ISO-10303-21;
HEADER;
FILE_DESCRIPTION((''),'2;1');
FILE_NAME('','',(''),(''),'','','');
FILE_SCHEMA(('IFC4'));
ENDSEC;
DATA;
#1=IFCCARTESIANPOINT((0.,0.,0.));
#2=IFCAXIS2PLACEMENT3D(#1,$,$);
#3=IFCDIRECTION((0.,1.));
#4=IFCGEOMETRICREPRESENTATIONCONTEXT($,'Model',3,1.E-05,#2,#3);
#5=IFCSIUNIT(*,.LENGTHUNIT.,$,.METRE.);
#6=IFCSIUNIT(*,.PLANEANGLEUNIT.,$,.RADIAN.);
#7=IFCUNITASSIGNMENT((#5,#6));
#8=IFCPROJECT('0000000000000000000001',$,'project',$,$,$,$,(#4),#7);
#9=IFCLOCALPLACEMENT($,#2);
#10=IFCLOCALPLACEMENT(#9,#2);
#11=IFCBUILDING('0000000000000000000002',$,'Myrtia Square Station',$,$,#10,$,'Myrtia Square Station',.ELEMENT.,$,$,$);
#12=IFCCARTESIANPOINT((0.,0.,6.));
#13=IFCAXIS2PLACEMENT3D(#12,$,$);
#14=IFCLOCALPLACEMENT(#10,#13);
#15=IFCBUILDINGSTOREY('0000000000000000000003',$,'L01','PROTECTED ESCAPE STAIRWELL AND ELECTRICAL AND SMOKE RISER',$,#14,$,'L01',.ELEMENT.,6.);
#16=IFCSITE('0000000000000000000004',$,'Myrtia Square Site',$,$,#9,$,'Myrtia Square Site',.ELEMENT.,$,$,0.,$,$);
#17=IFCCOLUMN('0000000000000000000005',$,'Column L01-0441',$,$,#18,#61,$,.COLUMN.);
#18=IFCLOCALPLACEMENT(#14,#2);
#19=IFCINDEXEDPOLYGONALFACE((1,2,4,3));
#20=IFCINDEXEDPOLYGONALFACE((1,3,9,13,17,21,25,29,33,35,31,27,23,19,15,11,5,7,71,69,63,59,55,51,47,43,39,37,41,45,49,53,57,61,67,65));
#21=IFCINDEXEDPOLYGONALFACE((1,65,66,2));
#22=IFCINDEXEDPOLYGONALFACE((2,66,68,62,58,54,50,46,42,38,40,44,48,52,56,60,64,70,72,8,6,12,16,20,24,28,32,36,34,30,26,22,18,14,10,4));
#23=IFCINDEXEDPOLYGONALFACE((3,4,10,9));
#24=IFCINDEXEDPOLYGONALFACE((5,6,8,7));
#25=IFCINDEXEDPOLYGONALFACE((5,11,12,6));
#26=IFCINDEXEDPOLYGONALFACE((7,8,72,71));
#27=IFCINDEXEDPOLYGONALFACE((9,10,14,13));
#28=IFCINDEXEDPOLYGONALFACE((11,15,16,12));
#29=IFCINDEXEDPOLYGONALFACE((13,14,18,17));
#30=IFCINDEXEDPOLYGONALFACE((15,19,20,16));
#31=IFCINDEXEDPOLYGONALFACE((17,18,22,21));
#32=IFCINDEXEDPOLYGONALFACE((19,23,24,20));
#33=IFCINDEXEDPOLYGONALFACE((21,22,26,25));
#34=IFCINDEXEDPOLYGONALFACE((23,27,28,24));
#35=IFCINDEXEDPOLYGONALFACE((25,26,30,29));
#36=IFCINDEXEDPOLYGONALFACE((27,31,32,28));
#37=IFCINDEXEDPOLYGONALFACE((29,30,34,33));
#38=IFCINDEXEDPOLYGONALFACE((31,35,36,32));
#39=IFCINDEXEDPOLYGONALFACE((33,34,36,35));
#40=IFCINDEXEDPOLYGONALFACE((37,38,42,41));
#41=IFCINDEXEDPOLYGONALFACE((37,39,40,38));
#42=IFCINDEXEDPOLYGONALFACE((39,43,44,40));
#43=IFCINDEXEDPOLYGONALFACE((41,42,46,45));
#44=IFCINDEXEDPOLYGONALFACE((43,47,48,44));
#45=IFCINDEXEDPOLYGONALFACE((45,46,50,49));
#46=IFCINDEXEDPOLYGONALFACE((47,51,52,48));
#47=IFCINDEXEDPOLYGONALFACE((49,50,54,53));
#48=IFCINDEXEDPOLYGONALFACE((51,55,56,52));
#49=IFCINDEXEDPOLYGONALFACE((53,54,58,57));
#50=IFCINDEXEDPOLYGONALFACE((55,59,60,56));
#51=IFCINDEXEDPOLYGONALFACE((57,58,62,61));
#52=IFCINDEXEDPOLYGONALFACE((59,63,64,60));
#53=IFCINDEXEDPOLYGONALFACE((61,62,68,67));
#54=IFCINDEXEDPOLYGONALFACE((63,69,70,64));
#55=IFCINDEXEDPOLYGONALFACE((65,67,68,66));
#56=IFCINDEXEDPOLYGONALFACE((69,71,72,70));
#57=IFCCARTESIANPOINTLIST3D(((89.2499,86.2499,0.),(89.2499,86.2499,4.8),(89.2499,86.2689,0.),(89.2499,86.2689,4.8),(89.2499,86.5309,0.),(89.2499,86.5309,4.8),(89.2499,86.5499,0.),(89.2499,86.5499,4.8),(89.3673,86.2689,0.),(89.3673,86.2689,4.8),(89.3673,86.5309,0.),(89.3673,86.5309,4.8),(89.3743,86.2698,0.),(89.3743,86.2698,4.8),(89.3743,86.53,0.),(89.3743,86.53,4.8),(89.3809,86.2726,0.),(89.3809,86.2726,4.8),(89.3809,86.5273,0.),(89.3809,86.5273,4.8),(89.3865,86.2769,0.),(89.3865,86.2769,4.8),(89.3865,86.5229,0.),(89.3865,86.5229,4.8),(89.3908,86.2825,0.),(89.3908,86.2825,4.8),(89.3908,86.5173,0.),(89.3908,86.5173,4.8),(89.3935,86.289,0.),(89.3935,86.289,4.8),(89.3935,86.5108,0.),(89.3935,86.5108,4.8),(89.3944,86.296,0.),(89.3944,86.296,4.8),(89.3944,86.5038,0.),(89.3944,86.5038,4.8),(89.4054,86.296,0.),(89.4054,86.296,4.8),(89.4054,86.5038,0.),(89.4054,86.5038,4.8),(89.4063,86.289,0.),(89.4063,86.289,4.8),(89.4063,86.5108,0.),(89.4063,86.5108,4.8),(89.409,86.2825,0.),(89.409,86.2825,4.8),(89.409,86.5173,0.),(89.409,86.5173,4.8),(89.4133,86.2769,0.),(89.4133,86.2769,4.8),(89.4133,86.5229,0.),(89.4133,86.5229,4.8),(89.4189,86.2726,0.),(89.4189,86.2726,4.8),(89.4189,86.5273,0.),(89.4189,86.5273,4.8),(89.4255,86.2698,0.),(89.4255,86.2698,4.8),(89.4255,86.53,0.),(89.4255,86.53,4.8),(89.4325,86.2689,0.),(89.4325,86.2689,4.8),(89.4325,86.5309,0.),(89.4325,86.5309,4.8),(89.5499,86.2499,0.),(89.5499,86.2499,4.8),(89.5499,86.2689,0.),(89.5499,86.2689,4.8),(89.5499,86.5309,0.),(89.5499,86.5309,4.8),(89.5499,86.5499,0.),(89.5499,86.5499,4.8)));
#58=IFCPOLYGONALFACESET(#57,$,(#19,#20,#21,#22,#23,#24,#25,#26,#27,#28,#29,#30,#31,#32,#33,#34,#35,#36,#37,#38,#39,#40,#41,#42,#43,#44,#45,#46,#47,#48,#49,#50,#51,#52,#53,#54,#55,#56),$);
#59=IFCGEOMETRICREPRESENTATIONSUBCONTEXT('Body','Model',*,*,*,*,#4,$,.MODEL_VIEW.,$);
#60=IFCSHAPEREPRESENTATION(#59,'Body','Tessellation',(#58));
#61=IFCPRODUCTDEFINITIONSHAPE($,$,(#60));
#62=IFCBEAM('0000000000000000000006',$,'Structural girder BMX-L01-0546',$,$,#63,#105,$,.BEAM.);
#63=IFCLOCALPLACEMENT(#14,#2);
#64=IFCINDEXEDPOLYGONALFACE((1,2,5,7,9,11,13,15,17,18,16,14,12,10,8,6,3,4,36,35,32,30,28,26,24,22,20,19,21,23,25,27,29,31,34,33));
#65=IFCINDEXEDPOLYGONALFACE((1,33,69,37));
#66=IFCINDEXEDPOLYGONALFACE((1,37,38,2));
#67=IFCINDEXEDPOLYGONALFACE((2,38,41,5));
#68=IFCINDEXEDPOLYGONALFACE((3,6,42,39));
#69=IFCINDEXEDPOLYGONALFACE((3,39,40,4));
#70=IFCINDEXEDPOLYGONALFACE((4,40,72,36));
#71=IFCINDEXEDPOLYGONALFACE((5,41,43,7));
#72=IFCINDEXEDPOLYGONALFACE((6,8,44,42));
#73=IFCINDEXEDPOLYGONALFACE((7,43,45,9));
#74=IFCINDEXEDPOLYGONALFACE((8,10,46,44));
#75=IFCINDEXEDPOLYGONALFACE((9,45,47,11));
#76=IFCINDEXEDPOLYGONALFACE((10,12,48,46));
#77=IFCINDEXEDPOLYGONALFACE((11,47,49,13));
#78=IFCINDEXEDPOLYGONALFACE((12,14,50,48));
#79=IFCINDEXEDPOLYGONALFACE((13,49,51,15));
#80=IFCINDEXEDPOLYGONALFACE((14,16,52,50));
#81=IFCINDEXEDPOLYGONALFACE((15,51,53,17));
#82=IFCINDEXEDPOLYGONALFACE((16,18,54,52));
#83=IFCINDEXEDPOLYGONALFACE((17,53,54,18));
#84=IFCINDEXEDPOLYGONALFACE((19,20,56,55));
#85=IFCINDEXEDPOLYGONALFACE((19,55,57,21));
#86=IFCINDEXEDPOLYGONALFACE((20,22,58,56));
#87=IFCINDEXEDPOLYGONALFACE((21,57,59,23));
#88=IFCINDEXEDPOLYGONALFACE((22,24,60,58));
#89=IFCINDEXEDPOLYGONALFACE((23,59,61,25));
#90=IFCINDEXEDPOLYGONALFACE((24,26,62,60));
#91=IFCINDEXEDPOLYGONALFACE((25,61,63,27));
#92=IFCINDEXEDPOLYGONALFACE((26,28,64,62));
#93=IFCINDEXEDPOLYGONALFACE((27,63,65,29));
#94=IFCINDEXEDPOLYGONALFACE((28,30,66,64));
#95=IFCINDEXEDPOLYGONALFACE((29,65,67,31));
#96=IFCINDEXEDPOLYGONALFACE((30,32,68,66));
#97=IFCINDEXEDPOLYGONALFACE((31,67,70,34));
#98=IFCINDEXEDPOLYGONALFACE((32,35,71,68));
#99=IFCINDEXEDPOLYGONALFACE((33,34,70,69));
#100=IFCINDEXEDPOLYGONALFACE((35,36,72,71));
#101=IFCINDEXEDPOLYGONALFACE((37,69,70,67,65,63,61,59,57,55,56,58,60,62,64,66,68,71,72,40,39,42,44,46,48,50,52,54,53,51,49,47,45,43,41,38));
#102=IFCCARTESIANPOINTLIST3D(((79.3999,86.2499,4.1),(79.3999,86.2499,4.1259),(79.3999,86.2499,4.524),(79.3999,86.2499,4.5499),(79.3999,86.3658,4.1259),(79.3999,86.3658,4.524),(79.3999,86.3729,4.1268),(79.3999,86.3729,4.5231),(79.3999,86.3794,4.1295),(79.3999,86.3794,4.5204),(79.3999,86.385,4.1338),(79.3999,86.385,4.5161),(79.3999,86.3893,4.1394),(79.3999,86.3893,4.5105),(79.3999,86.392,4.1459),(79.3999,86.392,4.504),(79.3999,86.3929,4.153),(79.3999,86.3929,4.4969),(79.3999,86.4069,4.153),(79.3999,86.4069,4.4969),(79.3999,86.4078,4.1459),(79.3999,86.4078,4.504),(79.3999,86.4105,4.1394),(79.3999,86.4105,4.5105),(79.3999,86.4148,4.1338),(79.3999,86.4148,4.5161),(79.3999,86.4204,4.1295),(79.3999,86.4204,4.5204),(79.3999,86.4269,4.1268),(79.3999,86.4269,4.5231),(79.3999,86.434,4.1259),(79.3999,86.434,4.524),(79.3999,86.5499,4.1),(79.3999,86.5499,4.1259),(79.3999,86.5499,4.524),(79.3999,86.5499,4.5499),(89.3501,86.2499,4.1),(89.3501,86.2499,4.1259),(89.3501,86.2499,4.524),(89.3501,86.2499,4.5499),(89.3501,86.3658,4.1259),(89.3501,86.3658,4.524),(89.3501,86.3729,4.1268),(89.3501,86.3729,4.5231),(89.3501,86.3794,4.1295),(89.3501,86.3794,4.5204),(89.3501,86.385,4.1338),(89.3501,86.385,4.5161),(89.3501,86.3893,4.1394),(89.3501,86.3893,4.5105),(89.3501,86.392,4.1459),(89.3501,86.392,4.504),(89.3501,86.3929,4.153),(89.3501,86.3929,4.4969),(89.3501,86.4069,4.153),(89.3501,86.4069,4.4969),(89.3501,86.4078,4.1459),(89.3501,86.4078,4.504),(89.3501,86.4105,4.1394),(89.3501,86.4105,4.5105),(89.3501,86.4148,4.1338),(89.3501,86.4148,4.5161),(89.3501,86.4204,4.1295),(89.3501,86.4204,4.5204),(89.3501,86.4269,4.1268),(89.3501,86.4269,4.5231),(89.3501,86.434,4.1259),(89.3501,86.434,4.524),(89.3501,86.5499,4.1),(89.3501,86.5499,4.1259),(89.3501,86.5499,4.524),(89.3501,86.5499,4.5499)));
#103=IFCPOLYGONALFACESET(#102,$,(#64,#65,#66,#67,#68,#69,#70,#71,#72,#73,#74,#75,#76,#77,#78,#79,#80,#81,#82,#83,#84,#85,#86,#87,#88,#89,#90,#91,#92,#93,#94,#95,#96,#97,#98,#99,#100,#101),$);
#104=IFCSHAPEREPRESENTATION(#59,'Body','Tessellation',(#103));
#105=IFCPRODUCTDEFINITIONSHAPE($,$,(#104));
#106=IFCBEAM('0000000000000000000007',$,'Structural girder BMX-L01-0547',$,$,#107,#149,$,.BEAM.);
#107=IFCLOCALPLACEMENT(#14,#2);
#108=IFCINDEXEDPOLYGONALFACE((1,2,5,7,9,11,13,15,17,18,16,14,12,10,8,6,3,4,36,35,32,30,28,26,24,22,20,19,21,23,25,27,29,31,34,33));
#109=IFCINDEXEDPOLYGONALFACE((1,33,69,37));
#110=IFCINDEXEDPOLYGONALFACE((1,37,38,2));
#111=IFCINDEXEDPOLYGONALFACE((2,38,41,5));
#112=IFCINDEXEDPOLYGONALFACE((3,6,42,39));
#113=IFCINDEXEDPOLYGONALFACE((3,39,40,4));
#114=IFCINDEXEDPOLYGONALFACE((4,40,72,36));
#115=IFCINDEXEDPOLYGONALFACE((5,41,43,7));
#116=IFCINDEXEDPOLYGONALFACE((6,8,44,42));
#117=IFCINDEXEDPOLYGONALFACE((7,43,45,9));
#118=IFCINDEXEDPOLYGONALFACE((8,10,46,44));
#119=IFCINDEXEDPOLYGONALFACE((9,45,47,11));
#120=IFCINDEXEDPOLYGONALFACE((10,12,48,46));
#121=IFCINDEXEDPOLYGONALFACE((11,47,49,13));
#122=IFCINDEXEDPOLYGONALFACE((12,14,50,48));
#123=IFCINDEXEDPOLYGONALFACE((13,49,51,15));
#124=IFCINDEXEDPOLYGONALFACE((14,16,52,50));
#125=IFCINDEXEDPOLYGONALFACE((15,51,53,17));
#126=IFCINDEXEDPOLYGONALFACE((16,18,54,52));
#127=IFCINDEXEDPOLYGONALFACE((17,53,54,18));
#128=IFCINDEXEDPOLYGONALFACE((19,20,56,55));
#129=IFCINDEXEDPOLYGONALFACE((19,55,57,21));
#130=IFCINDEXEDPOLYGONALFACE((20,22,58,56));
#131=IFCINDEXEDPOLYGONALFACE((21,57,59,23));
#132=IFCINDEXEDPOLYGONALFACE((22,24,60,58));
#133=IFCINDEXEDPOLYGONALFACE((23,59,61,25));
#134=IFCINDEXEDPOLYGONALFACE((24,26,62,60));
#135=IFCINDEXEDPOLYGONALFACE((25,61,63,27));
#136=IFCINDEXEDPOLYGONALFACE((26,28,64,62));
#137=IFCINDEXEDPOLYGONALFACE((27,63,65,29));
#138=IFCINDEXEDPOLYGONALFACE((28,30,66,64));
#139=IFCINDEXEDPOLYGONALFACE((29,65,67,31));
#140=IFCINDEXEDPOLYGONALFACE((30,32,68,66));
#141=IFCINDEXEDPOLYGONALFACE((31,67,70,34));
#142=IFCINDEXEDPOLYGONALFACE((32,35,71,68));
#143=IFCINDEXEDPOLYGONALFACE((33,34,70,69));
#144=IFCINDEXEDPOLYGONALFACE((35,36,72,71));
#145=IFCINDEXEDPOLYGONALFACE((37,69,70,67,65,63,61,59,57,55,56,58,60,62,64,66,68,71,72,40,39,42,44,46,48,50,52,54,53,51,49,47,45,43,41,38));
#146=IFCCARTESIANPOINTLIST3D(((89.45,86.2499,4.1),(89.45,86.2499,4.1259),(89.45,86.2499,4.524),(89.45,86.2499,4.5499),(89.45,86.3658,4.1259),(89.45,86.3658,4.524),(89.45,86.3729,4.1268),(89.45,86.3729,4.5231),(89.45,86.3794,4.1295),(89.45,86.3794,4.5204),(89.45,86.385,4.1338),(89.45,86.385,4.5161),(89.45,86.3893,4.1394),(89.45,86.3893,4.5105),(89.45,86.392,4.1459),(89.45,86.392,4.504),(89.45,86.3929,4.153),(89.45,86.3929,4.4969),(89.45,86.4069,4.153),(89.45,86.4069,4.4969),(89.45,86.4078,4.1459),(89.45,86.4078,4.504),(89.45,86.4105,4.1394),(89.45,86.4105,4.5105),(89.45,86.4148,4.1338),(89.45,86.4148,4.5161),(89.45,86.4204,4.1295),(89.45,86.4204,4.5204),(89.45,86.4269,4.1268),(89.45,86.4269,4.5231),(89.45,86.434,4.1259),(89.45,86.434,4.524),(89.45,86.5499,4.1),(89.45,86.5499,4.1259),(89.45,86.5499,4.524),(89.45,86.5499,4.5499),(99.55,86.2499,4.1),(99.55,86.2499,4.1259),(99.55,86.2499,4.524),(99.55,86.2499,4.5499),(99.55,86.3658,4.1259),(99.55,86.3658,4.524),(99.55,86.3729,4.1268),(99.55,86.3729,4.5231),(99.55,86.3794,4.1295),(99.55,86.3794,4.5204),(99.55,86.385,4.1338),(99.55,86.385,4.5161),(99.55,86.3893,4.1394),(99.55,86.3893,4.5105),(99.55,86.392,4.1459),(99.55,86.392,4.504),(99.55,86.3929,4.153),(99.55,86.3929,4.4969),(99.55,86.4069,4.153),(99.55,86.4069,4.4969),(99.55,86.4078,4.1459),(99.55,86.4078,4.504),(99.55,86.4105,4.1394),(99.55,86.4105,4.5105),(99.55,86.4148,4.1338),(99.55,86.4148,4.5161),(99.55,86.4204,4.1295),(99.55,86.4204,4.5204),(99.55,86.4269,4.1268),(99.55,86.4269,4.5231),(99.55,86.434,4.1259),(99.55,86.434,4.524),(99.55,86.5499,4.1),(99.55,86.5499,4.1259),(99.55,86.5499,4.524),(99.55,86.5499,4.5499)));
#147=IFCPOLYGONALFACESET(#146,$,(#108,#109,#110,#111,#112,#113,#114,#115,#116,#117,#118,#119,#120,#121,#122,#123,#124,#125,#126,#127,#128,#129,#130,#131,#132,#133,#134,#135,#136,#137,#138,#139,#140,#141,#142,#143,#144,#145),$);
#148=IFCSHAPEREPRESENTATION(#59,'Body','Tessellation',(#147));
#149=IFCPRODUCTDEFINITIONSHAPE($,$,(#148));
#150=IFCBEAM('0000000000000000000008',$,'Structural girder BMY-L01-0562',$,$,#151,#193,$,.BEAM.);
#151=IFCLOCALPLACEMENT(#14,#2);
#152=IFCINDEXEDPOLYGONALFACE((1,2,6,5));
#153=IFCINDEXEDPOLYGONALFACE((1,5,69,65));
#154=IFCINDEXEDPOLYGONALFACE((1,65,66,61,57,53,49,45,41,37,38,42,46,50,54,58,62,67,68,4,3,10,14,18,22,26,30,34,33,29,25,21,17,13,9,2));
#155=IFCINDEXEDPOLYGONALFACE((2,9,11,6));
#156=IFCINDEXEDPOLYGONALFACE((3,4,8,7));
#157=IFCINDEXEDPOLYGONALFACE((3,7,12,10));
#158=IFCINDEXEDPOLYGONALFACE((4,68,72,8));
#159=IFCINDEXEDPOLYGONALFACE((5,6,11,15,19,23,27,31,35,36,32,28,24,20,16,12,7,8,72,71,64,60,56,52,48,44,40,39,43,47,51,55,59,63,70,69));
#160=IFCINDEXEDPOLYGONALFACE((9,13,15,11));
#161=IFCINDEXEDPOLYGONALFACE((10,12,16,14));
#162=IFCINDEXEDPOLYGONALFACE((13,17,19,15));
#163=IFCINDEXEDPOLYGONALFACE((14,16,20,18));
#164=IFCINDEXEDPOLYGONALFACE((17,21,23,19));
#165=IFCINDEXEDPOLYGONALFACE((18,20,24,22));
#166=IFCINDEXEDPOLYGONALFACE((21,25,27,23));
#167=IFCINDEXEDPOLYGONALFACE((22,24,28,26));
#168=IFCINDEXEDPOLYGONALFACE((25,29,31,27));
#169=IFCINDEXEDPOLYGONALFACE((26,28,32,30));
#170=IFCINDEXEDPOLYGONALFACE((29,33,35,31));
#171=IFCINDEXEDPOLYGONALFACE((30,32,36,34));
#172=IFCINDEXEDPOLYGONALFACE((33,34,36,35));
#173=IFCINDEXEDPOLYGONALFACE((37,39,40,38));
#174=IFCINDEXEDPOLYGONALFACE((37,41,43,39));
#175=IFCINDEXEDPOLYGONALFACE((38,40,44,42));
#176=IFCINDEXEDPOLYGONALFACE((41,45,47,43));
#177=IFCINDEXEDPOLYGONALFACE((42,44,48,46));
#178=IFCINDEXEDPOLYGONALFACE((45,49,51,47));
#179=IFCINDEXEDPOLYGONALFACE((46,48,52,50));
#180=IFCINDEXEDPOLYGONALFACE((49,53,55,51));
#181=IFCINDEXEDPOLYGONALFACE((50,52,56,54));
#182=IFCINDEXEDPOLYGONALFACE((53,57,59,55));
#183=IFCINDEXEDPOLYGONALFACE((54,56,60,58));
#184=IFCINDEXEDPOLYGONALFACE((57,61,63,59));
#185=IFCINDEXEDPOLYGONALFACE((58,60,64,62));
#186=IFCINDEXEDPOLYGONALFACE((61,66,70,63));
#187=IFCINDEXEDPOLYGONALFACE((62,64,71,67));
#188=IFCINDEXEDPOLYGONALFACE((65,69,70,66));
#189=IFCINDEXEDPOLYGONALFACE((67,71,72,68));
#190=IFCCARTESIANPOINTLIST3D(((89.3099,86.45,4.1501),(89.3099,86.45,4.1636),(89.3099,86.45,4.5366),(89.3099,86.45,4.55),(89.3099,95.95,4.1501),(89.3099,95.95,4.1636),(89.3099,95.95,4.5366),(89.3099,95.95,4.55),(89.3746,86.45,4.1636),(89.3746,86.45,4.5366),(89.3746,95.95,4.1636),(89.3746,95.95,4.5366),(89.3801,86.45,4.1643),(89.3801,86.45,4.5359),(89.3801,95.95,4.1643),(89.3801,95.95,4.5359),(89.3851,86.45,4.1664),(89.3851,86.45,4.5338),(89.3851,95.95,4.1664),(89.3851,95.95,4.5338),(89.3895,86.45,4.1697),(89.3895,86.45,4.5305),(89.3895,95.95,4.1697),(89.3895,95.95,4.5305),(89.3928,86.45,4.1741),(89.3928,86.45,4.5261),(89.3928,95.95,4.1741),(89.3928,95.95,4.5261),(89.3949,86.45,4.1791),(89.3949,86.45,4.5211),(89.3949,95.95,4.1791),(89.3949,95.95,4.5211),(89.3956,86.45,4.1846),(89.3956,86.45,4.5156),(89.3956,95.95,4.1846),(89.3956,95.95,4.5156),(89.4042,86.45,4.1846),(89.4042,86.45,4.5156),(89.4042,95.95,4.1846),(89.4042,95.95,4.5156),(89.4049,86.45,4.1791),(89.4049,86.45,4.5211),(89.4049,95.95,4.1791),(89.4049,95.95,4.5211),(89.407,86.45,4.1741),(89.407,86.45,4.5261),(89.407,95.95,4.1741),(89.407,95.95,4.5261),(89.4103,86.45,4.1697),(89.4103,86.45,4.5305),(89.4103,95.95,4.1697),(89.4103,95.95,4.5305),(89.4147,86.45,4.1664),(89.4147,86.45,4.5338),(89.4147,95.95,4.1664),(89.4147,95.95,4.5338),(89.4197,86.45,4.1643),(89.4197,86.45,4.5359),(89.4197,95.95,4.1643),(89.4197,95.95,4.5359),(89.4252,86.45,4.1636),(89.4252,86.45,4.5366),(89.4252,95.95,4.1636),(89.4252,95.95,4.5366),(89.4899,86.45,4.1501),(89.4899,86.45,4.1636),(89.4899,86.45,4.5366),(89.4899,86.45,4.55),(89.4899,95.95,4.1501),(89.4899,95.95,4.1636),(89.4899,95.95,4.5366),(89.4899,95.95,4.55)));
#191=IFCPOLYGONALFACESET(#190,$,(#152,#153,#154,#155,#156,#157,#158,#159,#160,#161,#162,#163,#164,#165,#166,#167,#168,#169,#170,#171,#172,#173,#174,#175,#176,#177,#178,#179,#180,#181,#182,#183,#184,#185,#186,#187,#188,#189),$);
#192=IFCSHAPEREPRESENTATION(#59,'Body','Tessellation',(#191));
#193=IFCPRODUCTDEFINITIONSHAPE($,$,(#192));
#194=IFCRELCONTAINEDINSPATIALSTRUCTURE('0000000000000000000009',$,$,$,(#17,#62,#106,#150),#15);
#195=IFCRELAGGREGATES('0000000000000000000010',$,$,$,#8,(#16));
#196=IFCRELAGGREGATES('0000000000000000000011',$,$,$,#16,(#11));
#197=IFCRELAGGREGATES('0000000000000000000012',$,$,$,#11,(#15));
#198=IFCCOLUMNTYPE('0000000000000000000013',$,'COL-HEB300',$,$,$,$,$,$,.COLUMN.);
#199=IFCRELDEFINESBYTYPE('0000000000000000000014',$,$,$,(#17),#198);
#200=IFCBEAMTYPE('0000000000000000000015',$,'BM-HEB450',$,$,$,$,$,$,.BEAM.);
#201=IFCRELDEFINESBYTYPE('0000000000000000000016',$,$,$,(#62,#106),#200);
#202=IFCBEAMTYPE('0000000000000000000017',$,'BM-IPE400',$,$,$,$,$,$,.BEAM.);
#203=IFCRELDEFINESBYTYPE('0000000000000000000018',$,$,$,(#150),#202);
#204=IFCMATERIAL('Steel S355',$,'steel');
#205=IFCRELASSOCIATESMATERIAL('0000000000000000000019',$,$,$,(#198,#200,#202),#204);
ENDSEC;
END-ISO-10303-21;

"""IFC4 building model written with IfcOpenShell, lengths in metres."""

from ifc_helpers import new_model, si_unit, direction, frame, origin, origin_2d, place, context, subcontext, project, spatial, i_section, extrude, material, material_profile, profile_set, type_object, element, save


model = new_model("IFC4")

# Units and contexts
model_context = context("Model", 3, precision=1e-05, world=origin(), true_north=direction((0.0, 1.0)))
body_context = subcontext(model_context, "Body", "Model", "MODEL_VIEW")
ifc_project = project(units=[si_unit("LENGTHUNIT", "METRE"), si_unit("PLANEANGLEUNIT", "RADIAN")], contexts=[model_context])

# Site, building, storey
site_placement = place(None, origin())
site = spatial("IfcSite", under=ifc_project, at=site_placement, Name="Myrtia Square Site", LongName="Myrtia Square Site", CompositionType="ELEMENT", RefElevation=0.0)
building_placement = place(site_placement, origin())
building = spatial("IfcBuilding", under=site, at=building_placement, Name="Myrtia Square Station", LongName="Myrtia Square Station", CompositionType="ELEMENT")
storey_placement = place(building_placement, frame((0.0, 0.0, 6.0)))
storey = spatial("IfcBuildingStorey", under=building, at=storey_placement, Name="L01", Description="PROTECTED ESCAPE STAIRWELL AND ELECTRICAL AND SMOKE RISER", LongName="L01", CompositionType="ELEMENT", Elevation=6.0)

# Column
ifc_material_1 = material(Name="Steel S355", Category="steel")
ifc_material_profile_1 = material_profile(ifc_material_1, i_section(OverallWidth=0.3, OverallDepth=0.3, WebThickness=0.011, FlangeThickness=0.019, FilletRadius=0.0271, at=origin_2d()), Name="HEB 300")
ifc_profile_set_1 = profile_set([ifc_material_profile_1], Name="Steel S355")
column_type = type_object("IfcColumnType", Name="COL-HEB300", PredefinedType="COLUMN", material=ifc_profile_set_1)
column_placement = place(storey_placement, frame((89.3999, 86.3999, 0.0), z_axis=(0.0, 0.0, 1.0), x_axis=(1.0, 0.0, 0.0)))
element("IfcColumn", 1, at=column_placement, inside=storey, type_object=column_type, Name="Column L01-0441", PredefinedType="COLUMN", context=body_context, shape_type="SweptSolid", body=[
    extrude(i_section(OverallWidth=0.3, OverallDepth=0.3, WebThickness=0.011, FlangeThickness=0.019, FilletRadius=0.0271, at=origin_2d()), origin(), (0.0, 0.0, 1.0), 4.8),
])

# Beams
ifc_material_profile_2 = material_profile(ifc_material_1, i_section(OverallWidth=0.3, OverallDepth=0.45, WebThickness=0.0139, FlangeThickness=0.0259, FilletRadius=0.0271, at=origin_2d()), Name="HEB 450")
ifc_profile_set_2 = profile_set([ifc_material_profile_2], Name="Steel S355")
beam_type_1 = type_object("IfcBeamType", Name="BM-HEB450", PredefinedType="BEAM", material=ifc_profile_set_2)
beam_1_placement = place(storey_placement, frame((79.3999, 86.3999, 4.325), z_axis=(1.0, 0.0, 0.0), x_axis=(0.0, 1.0, 0.0)))
element("IfcBeam", 2, at=beam_1_placement, inside=storey, type_object=beam_type_1, Name="Structural girder BMX-L01-0546", PredefinedType="BEAM", context=body_context, shape_type="SweptSolid", body=[
    extrude(i_section(OverallWidth=0.3, OverallDepth=0.45, WebThickness=0.0139, FlangeThickness=0.0259, FilletRadius=0.0271, at=origin_2d()), origin(), (0.0, 0.0, 1.0), 9.9502),
])
beam_2_placement = place(storey_placement, frame((89.45, 86.3999, 4.325), z_axis=(1.0, 0.0, 0.0), x_axis=(0.0, 1.0, 0.0)))
element("IfcBeam", 3, at=beam_2_placement, inside=storey, type_object=beam_type_1, Name="Structural girder BMX-L01-0547", PredefinedType="BEAM", context=body_context, shape_type="SweptSolid", body=[
    extrude(i_section(OverallWidth=0.3, OverallDepth=0.45, WebThickness=0.0139, FlangeThickness=0.0259, FilletRadius=0.0271, at=origin_2d()), origin(), (0.0, 0.0, 1.0), 10.1001),
])
ifc_material_profile_3 = material_profile(ifc_material_1, i_section(OverallWidth=0.1799, OverallDepth=0.3999, WebThickness=0.0085, FlangeThickness=0.0134, FilletRadius=0.021, at=origin_2d()), Name="IPE 400")
ifc_profile_set_3 = profile_set([ifc_material_profile_3], Name="Steel S355")
beam_type_2 = type_object("IfcBeamType", Name="BM-IPE400", PredefinedType="BEAM", material=ifc_profile_set_3)
beam_3_placement = place(storey_placement, frame((89.3999, 86.45, 4.3501), z_axis=(0.0, 1.0, 0.0), x_axis=(-1.0, 0.0, 0.0)))
element("IfcBeam", 4, at=beam_3_placement, inside=storey, type_object=beam_type_2, Name="Structural girder BMY-L01-0562", PredefinedType="BEAM", context=body_context, shape_type="SweptSolid", body=[
    extrude(i_section(OverallWidth=0.1799, OverallDepth=0.3999, WebThickness=0.0085, FlangeThickness=0.0134, FilletRadius=0.021, at=origin_2d()), origin(), (0.0, 0.0, 1.0), 9.5),
])

save(model, "model.ifc")
